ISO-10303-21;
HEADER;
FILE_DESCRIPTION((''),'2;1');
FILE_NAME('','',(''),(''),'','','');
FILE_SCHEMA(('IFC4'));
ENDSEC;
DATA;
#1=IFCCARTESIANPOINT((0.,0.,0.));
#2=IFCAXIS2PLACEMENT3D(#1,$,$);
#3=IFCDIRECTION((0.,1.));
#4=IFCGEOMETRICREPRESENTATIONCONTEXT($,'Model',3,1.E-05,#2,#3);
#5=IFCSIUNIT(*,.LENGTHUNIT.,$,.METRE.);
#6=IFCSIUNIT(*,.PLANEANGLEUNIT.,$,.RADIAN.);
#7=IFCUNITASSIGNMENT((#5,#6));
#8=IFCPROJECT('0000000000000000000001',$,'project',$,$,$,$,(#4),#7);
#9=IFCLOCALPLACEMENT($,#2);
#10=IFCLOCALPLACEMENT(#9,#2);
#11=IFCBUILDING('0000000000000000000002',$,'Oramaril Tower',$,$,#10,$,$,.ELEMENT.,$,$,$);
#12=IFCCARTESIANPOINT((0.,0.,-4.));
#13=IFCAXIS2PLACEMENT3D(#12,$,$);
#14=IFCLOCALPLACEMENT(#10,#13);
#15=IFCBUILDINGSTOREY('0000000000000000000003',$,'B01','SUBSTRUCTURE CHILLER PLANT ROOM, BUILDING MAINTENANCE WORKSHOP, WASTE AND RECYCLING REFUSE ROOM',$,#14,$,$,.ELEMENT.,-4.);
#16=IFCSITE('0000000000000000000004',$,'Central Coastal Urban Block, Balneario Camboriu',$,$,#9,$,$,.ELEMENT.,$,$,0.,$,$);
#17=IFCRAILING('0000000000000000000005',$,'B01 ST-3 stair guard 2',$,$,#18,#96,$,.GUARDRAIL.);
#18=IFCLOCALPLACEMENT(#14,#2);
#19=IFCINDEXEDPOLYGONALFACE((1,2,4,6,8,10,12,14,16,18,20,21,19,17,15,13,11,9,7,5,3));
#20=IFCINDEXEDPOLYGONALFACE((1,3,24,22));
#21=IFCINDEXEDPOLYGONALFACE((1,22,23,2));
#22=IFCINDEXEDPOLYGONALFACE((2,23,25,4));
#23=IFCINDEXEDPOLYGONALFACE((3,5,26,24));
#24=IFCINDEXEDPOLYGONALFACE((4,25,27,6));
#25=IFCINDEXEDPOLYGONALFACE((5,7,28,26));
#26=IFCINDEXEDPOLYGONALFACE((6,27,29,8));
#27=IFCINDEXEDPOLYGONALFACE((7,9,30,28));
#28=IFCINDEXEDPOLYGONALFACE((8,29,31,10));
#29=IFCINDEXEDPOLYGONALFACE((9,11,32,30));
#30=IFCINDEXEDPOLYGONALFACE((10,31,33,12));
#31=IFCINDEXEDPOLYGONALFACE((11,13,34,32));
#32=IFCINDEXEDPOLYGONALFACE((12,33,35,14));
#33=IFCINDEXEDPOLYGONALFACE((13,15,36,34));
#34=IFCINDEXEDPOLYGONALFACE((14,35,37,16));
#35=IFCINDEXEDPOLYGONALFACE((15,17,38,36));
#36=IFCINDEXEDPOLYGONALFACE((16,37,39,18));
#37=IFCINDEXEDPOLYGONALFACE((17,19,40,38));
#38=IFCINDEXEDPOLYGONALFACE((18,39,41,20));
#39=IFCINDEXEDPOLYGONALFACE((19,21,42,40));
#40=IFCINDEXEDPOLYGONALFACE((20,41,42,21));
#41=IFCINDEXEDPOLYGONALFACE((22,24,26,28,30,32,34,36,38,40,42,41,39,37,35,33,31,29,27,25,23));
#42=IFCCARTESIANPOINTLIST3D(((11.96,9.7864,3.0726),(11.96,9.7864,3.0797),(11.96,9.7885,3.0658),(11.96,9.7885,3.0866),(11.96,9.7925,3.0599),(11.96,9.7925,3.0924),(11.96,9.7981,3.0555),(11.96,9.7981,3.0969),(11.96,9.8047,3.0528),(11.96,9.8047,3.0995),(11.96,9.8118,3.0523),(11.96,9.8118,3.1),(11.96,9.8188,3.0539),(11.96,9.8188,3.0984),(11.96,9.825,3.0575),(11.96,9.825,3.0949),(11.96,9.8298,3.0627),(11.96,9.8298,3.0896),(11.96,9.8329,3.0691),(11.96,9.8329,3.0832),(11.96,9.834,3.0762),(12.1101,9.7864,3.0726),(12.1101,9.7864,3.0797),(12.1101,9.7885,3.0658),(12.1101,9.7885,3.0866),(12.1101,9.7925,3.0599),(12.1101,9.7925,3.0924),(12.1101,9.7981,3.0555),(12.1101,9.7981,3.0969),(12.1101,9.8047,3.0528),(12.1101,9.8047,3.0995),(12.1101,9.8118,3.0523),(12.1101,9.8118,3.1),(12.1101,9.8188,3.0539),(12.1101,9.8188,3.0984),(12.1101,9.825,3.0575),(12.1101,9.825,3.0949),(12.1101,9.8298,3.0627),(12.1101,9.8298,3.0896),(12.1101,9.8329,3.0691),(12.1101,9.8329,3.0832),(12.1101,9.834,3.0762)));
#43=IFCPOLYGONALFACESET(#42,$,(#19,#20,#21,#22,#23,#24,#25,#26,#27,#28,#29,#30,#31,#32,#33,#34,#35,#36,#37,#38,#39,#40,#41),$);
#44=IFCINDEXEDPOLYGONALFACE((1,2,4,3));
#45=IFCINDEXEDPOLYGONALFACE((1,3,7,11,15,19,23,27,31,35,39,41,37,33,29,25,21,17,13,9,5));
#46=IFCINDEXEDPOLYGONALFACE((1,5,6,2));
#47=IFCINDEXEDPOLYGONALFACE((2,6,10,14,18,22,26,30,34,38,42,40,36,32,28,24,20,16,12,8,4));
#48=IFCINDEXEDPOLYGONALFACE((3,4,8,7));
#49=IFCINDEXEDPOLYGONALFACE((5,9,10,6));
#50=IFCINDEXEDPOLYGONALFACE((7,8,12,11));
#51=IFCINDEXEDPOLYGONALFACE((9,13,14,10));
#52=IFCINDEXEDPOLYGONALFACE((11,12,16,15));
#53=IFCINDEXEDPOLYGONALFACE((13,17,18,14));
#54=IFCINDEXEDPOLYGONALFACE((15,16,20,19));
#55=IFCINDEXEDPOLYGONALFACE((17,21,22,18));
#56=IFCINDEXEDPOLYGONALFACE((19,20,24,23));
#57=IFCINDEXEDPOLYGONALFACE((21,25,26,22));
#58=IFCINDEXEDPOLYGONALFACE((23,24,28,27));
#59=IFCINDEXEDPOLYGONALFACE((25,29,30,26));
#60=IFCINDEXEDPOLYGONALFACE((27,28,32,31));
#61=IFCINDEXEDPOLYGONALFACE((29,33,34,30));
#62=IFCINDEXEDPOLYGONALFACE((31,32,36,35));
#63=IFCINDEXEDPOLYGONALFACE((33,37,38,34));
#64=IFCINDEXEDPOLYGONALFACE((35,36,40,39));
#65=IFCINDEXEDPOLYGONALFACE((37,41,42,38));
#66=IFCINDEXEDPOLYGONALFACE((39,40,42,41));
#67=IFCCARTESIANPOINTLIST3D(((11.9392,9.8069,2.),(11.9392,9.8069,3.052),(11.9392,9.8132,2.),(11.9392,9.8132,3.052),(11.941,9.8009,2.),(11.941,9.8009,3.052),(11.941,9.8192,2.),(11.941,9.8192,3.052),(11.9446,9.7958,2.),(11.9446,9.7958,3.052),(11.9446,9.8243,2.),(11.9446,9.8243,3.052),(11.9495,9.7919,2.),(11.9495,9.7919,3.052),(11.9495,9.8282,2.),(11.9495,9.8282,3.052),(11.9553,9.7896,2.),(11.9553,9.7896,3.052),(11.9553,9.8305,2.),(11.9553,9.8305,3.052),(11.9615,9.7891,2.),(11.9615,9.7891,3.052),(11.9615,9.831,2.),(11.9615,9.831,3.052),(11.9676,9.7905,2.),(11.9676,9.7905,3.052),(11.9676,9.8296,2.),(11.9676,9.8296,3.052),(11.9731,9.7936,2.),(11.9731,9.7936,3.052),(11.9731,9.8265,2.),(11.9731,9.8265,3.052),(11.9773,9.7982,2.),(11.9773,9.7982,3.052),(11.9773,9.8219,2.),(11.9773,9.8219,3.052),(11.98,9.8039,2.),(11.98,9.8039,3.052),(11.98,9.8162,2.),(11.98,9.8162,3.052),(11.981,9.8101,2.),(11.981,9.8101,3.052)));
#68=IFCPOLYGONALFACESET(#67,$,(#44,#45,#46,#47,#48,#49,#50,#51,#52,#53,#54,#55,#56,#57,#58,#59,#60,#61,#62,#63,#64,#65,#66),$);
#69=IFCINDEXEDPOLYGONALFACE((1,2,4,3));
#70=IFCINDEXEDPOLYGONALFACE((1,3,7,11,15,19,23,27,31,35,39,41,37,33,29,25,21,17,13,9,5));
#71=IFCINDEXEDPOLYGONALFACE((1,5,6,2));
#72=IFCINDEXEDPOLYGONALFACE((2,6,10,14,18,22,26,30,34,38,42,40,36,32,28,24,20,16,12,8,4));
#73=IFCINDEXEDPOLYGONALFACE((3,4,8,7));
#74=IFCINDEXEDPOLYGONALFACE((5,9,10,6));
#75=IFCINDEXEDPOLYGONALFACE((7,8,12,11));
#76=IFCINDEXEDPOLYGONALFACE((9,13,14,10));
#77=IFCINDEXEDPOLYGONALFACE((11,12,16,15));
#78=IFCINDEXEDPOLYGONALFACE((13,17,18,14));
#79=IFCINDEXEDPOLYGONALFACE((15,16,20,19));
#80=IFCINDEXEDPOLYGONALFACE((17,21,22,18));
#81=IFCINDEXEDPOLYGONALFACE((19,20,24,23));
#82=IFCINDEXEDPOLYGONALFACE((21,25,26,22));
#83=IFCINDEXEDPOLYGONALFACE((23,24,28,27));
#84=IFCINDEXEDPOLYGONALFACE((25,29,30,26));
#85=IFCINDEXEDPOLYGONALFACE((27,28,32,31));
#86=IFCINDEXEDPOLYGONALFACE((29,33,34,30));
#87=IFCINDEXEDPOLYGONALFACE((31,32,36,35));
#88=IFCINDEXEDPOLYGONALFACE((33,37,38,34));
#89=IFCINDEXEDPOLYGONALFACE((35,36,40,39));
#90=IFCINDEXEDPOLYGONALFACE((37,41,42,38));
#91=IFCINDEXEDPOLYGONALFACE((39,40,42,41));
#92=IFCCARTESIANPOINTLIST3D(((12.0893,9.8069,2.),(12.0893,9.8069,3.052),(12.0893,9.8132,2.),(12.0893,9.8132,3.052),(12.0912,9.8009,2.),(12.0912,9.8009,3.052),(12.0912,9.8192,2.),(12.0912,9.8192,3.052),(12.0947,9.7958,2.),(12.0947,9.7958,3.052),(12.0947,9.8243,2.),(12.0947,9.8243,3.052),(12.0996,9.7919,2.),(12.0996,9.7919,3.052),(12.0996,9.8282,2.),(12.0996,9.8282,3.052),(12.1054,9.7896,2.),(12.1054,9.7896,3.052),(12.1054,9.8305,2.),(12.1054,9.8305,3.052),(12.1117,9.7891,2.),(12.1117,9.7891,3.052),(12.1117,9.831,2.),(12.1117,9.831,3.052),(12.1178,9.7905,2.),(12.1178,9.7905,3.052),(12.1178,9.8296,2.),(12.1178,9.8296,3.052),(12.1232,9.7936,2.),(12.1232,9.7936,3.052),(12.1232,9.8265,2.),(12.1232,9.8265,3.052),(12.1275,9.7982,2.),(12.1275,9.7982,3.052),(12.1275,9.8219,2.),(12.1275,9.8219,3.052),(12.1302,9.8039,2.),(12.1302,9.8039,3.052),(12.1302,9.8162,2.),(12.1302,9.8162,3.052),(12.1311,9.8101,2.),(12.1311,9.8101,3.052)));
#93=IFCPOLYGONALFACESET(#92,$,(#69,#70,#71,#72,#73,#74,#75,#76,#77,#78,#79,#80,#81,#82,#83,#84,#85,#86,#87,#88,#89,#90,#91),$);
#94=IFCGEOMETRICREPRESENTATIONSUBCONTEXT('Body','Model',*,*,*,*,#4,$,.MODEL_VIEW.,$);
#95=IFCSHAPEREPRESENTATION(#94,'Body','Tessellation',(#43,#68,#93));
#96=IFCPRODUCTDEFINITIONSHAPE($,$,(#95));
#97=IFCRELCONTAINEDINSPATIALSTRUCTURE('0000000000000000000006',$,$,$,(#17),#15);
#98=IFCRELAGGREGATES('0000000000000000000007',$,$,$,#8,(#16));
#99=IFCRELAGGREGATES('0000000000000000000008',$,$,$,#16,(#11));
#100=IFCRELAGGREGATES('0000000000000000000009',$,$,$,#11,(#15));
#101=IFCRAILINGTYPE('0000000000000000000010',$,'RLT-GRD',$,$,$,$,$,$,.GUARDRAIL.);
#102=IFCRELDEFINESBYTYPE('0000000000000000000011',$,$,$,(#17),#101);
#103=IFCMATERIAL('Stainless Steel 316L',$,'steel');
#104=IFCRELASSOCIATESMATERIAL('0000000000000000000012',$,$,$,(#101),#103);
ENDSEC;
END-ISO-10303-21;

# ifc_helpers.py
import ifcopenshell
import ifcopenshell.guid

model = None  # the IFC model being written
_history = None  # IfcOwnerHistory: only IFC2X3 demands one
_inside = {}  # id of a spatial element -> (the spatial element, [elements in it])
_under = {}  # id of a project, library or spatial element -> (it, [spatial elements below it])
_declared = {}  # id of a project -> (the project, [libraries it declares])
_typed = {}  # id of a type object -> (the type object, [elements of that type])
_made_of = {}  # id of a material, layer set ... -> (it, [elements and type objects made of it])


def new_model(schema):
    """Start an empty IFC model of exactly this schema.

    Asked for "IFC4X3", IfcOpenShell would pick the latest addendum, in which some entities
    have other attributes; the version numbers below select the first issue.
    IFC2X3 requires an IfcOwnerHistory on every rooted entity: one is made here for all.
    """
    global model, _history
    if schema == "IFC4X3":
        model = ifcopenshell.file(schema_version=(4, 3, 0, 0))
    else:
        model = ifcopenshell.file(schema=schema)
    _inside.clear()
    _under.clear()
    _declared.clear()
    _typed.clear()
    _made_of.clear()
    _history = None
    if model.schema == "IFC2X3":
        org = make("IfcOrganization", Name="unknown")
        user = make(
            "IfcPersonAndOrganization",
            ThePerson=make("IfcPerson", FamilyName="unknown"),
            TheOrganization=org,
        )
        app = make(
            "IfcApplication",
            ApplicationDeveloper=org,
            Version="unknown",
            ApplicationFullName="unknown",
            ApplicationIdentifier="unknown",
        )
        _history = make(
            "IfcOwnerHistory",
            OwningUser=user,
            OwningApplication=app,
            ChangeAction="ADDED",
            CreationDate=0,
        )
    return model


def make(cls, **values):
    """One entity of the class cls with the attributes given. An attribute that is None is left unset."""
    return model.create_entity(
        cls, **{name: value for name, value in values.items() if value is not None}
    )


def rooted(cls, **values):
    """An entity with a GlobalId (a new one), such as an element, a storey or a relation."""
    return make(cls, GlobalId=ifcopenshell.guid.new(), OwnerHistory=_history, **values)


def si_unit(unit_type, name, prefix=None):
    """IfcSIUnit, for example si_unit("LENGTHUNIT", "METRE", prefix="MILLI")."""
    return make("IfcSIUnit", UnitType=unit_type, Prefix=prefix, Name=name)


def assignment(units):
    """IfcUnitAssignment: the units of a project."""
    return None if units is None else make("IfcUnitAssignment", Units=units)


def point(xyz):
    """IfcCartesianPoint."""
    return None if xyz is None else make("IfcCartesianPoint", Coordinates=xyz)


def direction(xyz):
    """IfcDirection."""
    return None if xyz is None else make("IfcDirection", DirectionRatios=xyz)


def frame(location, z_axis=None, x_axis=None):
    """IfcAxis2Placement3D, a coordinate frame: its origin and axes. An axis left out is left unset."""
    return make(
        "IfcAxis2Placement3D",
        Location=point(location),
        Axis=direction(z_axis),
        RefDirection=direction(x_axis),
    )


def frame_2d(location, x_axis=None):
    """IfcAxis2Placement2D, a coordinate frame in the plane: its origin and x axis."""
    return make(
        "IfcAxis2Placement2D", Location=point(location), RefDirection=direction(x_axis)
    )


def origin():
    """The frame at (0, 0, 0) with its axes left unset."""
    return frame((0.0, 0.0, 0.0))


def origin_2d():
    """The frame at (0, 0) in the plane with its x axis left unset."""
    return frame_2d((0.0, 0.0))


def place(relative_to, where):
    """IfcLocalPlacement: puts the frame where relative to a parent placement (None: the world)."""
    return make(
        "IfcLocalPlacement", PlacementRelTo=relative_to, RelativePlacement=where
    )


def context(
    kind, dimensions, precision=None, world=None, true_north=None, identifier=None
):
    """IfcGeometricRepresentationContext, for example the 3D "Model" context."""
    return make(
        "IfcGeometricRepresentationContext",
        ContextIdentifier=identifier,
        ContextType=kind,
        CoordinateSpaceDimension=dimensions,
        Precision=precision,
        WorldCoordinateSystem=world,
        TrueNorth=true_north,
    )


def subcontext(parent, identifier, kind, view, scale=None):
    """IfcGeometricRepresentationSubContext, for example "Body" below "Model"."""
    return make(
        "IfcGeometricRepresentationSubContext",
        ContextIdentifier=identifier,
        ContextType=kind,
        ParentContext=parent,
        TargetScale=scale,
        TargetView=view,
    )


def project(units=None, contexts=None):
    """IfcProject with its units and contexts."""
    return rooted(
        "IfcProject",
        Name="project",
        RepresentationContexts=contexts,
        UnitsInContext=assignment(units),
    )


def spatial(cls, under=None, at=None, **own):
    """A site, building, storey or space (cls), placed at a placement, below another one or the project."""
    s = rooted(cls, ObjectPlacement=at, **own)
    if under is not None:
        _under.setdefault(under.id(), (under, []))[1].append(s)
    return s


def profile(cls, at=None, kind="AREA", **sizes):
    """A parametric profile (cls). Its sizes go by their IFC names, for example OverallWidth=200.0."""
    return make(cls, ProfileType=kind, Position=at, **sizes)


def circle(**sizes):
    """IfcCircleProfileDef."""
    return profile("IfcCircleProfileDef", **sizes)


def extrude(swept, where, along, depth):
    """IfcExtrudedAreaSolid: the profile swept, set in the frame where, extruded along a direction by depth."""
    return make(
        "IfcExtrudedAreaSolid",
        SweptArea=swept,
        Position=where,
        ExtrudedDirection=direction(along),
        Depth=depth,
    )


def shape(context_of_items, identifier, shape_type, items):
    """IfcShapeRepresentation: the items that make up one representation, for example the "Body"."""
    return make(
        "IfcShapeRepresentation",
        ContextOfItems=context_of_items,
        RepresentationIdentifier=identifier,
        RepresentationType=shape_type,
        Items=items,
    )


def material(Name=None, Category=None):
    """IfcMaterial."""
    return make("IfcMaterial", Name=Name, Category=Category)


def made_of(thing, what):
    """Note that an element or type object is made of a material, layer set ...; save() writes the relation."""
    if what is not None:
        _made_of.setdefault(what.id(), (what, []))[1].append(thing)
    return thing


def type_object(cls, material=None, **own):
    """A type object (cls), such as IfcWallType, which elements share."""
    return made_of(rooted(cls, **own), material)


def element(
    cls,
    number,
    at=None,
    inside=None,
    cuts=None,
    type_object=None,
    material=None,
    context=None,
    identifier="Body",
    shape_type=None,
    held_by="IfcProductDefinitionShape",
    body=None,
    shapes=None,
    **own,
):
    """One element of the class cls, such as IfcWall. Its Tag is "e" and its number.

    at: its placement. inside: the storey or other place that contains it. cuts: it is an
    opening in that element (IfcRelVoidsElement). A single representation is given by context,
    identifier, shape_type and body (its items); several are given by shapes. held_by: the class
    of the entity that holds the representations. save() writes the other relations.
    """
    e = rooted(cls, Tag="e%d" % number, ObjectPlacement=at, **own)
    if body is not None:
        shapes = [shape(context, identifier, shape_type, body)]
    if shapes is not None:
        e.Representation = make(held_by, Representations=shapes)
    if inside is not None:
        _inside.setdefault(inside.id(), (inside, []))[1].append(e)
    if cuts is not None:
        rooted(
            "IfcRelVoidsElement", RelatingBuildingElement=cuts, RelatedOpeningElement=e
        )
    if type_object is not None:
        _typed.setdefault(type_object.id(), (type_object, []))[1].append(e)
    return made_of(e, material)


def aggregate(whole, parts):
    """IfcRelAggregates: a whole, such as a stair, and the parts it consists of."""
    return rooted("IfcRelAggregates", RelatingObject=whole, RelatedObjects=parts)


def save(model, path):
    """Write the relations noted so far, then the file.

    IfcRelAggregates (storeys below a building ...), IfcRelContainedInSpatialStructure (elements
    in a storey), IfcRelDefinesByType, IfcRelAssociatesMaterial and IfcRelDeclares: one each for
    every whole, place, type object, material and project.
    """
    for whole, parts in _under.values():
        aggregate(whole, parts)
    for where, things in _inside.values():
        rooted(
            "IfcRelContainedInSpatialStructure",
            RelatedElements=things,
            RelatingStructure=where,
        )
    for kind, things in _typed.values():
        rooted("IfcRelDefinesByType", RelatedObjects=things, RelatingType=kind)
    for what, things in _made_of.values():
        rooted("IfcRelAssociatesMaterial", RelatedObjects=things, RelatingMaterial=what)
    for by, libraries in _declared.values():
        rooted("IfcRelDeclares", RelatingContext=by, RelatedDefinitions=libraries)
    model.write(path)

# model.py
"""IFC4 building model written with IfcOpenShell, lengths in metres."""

from ifc_helpers import new_model, si_unit, direction, frame, origin, origin_2d, place, context, subcontext, project, spatial, circle, extrude, material, type_object, element, save


model = new_model("IFC4")

# Units and contexts
model_context = context("Model", 3, precision=1e-05, world=origin(), true_north=direction((0.0, 1.0)))
body_context = subcontext(model_context, "Body", "Model", "MODEL_VIEW")
ifc_project = project(units=[si_unit("LENGTHUNIT", "METRE"), si_unit("PLANEANGLEUNIT", "RADIAN")], contexts=[model_context])

# Site, building, storey
site_placement = place(None, origin())
site = spatial("IfcSite", under=ifc_project, at=site_placement, Name="Central Coastal Urban Block, Balneario Camboriu", CompositionType="ELEMENT", RefElevation=0.0)
building_placement = place(site_placement, origin())
building = spatial("IfcBuilding", under=site, at=building_placement, Name="Oramaril Tower", CompositionType="ELEMENT")
storey_placement = place(building_placement, frame((0.0, 0.0, -4.0)))
storey = spatial("IfcBuildingStorey", under=building, at=storey_placement, Name="B01", Description="SUBSTRUCTURE CHILLER PLANT ROOM, BUILDING MAINTENANCE WORKSHOP, WASTE AND RECYCLING REFUSE ROOM", CompositionType="ELEMENT", Elevation=-4.0)

# Railing
ifc_material_1 = material(Name="Stainless Steel 316L", Category="steel")
railing_type_1 = type_object("IfcRailingType", Name="RLT-GRD", PredefinedType="GUARDRAIL", material=ifc_material_1)
railing_1_placement = place(storey_placement, frame((11.96, 9.8101, 2.0)))
element("IfcRailing", 1, at=railing_1_placement, inside=storey, type_object=railing_type_1, Name="B01 ST-3 stair guard 2", PredefinedType="GUARDRAIL", context=body_context, shape_type="SweptSolid", body=[
    extrude(circle(Radius=0.0239, at=origin_2d()), frame((0.0, 0.0, 1.0762), z_axis=(1.0, 0.0, 0.0), x_axis=(0.0, 1.0, 0.0)), (0.0, 0.0, 1.0), 0.1501),
    extrude(circle(Radius=0.021, at=origin_2d()), origin(), (0.0, 0.0, 1.0), 1.052),
    extrude(circle(Radius=0.021, at=origin_2d()), frame((0.1501, 0.0, 0.0)), (0.0, 0.0, 1.0), 1.052),
])

save(model, "model.ifc")
